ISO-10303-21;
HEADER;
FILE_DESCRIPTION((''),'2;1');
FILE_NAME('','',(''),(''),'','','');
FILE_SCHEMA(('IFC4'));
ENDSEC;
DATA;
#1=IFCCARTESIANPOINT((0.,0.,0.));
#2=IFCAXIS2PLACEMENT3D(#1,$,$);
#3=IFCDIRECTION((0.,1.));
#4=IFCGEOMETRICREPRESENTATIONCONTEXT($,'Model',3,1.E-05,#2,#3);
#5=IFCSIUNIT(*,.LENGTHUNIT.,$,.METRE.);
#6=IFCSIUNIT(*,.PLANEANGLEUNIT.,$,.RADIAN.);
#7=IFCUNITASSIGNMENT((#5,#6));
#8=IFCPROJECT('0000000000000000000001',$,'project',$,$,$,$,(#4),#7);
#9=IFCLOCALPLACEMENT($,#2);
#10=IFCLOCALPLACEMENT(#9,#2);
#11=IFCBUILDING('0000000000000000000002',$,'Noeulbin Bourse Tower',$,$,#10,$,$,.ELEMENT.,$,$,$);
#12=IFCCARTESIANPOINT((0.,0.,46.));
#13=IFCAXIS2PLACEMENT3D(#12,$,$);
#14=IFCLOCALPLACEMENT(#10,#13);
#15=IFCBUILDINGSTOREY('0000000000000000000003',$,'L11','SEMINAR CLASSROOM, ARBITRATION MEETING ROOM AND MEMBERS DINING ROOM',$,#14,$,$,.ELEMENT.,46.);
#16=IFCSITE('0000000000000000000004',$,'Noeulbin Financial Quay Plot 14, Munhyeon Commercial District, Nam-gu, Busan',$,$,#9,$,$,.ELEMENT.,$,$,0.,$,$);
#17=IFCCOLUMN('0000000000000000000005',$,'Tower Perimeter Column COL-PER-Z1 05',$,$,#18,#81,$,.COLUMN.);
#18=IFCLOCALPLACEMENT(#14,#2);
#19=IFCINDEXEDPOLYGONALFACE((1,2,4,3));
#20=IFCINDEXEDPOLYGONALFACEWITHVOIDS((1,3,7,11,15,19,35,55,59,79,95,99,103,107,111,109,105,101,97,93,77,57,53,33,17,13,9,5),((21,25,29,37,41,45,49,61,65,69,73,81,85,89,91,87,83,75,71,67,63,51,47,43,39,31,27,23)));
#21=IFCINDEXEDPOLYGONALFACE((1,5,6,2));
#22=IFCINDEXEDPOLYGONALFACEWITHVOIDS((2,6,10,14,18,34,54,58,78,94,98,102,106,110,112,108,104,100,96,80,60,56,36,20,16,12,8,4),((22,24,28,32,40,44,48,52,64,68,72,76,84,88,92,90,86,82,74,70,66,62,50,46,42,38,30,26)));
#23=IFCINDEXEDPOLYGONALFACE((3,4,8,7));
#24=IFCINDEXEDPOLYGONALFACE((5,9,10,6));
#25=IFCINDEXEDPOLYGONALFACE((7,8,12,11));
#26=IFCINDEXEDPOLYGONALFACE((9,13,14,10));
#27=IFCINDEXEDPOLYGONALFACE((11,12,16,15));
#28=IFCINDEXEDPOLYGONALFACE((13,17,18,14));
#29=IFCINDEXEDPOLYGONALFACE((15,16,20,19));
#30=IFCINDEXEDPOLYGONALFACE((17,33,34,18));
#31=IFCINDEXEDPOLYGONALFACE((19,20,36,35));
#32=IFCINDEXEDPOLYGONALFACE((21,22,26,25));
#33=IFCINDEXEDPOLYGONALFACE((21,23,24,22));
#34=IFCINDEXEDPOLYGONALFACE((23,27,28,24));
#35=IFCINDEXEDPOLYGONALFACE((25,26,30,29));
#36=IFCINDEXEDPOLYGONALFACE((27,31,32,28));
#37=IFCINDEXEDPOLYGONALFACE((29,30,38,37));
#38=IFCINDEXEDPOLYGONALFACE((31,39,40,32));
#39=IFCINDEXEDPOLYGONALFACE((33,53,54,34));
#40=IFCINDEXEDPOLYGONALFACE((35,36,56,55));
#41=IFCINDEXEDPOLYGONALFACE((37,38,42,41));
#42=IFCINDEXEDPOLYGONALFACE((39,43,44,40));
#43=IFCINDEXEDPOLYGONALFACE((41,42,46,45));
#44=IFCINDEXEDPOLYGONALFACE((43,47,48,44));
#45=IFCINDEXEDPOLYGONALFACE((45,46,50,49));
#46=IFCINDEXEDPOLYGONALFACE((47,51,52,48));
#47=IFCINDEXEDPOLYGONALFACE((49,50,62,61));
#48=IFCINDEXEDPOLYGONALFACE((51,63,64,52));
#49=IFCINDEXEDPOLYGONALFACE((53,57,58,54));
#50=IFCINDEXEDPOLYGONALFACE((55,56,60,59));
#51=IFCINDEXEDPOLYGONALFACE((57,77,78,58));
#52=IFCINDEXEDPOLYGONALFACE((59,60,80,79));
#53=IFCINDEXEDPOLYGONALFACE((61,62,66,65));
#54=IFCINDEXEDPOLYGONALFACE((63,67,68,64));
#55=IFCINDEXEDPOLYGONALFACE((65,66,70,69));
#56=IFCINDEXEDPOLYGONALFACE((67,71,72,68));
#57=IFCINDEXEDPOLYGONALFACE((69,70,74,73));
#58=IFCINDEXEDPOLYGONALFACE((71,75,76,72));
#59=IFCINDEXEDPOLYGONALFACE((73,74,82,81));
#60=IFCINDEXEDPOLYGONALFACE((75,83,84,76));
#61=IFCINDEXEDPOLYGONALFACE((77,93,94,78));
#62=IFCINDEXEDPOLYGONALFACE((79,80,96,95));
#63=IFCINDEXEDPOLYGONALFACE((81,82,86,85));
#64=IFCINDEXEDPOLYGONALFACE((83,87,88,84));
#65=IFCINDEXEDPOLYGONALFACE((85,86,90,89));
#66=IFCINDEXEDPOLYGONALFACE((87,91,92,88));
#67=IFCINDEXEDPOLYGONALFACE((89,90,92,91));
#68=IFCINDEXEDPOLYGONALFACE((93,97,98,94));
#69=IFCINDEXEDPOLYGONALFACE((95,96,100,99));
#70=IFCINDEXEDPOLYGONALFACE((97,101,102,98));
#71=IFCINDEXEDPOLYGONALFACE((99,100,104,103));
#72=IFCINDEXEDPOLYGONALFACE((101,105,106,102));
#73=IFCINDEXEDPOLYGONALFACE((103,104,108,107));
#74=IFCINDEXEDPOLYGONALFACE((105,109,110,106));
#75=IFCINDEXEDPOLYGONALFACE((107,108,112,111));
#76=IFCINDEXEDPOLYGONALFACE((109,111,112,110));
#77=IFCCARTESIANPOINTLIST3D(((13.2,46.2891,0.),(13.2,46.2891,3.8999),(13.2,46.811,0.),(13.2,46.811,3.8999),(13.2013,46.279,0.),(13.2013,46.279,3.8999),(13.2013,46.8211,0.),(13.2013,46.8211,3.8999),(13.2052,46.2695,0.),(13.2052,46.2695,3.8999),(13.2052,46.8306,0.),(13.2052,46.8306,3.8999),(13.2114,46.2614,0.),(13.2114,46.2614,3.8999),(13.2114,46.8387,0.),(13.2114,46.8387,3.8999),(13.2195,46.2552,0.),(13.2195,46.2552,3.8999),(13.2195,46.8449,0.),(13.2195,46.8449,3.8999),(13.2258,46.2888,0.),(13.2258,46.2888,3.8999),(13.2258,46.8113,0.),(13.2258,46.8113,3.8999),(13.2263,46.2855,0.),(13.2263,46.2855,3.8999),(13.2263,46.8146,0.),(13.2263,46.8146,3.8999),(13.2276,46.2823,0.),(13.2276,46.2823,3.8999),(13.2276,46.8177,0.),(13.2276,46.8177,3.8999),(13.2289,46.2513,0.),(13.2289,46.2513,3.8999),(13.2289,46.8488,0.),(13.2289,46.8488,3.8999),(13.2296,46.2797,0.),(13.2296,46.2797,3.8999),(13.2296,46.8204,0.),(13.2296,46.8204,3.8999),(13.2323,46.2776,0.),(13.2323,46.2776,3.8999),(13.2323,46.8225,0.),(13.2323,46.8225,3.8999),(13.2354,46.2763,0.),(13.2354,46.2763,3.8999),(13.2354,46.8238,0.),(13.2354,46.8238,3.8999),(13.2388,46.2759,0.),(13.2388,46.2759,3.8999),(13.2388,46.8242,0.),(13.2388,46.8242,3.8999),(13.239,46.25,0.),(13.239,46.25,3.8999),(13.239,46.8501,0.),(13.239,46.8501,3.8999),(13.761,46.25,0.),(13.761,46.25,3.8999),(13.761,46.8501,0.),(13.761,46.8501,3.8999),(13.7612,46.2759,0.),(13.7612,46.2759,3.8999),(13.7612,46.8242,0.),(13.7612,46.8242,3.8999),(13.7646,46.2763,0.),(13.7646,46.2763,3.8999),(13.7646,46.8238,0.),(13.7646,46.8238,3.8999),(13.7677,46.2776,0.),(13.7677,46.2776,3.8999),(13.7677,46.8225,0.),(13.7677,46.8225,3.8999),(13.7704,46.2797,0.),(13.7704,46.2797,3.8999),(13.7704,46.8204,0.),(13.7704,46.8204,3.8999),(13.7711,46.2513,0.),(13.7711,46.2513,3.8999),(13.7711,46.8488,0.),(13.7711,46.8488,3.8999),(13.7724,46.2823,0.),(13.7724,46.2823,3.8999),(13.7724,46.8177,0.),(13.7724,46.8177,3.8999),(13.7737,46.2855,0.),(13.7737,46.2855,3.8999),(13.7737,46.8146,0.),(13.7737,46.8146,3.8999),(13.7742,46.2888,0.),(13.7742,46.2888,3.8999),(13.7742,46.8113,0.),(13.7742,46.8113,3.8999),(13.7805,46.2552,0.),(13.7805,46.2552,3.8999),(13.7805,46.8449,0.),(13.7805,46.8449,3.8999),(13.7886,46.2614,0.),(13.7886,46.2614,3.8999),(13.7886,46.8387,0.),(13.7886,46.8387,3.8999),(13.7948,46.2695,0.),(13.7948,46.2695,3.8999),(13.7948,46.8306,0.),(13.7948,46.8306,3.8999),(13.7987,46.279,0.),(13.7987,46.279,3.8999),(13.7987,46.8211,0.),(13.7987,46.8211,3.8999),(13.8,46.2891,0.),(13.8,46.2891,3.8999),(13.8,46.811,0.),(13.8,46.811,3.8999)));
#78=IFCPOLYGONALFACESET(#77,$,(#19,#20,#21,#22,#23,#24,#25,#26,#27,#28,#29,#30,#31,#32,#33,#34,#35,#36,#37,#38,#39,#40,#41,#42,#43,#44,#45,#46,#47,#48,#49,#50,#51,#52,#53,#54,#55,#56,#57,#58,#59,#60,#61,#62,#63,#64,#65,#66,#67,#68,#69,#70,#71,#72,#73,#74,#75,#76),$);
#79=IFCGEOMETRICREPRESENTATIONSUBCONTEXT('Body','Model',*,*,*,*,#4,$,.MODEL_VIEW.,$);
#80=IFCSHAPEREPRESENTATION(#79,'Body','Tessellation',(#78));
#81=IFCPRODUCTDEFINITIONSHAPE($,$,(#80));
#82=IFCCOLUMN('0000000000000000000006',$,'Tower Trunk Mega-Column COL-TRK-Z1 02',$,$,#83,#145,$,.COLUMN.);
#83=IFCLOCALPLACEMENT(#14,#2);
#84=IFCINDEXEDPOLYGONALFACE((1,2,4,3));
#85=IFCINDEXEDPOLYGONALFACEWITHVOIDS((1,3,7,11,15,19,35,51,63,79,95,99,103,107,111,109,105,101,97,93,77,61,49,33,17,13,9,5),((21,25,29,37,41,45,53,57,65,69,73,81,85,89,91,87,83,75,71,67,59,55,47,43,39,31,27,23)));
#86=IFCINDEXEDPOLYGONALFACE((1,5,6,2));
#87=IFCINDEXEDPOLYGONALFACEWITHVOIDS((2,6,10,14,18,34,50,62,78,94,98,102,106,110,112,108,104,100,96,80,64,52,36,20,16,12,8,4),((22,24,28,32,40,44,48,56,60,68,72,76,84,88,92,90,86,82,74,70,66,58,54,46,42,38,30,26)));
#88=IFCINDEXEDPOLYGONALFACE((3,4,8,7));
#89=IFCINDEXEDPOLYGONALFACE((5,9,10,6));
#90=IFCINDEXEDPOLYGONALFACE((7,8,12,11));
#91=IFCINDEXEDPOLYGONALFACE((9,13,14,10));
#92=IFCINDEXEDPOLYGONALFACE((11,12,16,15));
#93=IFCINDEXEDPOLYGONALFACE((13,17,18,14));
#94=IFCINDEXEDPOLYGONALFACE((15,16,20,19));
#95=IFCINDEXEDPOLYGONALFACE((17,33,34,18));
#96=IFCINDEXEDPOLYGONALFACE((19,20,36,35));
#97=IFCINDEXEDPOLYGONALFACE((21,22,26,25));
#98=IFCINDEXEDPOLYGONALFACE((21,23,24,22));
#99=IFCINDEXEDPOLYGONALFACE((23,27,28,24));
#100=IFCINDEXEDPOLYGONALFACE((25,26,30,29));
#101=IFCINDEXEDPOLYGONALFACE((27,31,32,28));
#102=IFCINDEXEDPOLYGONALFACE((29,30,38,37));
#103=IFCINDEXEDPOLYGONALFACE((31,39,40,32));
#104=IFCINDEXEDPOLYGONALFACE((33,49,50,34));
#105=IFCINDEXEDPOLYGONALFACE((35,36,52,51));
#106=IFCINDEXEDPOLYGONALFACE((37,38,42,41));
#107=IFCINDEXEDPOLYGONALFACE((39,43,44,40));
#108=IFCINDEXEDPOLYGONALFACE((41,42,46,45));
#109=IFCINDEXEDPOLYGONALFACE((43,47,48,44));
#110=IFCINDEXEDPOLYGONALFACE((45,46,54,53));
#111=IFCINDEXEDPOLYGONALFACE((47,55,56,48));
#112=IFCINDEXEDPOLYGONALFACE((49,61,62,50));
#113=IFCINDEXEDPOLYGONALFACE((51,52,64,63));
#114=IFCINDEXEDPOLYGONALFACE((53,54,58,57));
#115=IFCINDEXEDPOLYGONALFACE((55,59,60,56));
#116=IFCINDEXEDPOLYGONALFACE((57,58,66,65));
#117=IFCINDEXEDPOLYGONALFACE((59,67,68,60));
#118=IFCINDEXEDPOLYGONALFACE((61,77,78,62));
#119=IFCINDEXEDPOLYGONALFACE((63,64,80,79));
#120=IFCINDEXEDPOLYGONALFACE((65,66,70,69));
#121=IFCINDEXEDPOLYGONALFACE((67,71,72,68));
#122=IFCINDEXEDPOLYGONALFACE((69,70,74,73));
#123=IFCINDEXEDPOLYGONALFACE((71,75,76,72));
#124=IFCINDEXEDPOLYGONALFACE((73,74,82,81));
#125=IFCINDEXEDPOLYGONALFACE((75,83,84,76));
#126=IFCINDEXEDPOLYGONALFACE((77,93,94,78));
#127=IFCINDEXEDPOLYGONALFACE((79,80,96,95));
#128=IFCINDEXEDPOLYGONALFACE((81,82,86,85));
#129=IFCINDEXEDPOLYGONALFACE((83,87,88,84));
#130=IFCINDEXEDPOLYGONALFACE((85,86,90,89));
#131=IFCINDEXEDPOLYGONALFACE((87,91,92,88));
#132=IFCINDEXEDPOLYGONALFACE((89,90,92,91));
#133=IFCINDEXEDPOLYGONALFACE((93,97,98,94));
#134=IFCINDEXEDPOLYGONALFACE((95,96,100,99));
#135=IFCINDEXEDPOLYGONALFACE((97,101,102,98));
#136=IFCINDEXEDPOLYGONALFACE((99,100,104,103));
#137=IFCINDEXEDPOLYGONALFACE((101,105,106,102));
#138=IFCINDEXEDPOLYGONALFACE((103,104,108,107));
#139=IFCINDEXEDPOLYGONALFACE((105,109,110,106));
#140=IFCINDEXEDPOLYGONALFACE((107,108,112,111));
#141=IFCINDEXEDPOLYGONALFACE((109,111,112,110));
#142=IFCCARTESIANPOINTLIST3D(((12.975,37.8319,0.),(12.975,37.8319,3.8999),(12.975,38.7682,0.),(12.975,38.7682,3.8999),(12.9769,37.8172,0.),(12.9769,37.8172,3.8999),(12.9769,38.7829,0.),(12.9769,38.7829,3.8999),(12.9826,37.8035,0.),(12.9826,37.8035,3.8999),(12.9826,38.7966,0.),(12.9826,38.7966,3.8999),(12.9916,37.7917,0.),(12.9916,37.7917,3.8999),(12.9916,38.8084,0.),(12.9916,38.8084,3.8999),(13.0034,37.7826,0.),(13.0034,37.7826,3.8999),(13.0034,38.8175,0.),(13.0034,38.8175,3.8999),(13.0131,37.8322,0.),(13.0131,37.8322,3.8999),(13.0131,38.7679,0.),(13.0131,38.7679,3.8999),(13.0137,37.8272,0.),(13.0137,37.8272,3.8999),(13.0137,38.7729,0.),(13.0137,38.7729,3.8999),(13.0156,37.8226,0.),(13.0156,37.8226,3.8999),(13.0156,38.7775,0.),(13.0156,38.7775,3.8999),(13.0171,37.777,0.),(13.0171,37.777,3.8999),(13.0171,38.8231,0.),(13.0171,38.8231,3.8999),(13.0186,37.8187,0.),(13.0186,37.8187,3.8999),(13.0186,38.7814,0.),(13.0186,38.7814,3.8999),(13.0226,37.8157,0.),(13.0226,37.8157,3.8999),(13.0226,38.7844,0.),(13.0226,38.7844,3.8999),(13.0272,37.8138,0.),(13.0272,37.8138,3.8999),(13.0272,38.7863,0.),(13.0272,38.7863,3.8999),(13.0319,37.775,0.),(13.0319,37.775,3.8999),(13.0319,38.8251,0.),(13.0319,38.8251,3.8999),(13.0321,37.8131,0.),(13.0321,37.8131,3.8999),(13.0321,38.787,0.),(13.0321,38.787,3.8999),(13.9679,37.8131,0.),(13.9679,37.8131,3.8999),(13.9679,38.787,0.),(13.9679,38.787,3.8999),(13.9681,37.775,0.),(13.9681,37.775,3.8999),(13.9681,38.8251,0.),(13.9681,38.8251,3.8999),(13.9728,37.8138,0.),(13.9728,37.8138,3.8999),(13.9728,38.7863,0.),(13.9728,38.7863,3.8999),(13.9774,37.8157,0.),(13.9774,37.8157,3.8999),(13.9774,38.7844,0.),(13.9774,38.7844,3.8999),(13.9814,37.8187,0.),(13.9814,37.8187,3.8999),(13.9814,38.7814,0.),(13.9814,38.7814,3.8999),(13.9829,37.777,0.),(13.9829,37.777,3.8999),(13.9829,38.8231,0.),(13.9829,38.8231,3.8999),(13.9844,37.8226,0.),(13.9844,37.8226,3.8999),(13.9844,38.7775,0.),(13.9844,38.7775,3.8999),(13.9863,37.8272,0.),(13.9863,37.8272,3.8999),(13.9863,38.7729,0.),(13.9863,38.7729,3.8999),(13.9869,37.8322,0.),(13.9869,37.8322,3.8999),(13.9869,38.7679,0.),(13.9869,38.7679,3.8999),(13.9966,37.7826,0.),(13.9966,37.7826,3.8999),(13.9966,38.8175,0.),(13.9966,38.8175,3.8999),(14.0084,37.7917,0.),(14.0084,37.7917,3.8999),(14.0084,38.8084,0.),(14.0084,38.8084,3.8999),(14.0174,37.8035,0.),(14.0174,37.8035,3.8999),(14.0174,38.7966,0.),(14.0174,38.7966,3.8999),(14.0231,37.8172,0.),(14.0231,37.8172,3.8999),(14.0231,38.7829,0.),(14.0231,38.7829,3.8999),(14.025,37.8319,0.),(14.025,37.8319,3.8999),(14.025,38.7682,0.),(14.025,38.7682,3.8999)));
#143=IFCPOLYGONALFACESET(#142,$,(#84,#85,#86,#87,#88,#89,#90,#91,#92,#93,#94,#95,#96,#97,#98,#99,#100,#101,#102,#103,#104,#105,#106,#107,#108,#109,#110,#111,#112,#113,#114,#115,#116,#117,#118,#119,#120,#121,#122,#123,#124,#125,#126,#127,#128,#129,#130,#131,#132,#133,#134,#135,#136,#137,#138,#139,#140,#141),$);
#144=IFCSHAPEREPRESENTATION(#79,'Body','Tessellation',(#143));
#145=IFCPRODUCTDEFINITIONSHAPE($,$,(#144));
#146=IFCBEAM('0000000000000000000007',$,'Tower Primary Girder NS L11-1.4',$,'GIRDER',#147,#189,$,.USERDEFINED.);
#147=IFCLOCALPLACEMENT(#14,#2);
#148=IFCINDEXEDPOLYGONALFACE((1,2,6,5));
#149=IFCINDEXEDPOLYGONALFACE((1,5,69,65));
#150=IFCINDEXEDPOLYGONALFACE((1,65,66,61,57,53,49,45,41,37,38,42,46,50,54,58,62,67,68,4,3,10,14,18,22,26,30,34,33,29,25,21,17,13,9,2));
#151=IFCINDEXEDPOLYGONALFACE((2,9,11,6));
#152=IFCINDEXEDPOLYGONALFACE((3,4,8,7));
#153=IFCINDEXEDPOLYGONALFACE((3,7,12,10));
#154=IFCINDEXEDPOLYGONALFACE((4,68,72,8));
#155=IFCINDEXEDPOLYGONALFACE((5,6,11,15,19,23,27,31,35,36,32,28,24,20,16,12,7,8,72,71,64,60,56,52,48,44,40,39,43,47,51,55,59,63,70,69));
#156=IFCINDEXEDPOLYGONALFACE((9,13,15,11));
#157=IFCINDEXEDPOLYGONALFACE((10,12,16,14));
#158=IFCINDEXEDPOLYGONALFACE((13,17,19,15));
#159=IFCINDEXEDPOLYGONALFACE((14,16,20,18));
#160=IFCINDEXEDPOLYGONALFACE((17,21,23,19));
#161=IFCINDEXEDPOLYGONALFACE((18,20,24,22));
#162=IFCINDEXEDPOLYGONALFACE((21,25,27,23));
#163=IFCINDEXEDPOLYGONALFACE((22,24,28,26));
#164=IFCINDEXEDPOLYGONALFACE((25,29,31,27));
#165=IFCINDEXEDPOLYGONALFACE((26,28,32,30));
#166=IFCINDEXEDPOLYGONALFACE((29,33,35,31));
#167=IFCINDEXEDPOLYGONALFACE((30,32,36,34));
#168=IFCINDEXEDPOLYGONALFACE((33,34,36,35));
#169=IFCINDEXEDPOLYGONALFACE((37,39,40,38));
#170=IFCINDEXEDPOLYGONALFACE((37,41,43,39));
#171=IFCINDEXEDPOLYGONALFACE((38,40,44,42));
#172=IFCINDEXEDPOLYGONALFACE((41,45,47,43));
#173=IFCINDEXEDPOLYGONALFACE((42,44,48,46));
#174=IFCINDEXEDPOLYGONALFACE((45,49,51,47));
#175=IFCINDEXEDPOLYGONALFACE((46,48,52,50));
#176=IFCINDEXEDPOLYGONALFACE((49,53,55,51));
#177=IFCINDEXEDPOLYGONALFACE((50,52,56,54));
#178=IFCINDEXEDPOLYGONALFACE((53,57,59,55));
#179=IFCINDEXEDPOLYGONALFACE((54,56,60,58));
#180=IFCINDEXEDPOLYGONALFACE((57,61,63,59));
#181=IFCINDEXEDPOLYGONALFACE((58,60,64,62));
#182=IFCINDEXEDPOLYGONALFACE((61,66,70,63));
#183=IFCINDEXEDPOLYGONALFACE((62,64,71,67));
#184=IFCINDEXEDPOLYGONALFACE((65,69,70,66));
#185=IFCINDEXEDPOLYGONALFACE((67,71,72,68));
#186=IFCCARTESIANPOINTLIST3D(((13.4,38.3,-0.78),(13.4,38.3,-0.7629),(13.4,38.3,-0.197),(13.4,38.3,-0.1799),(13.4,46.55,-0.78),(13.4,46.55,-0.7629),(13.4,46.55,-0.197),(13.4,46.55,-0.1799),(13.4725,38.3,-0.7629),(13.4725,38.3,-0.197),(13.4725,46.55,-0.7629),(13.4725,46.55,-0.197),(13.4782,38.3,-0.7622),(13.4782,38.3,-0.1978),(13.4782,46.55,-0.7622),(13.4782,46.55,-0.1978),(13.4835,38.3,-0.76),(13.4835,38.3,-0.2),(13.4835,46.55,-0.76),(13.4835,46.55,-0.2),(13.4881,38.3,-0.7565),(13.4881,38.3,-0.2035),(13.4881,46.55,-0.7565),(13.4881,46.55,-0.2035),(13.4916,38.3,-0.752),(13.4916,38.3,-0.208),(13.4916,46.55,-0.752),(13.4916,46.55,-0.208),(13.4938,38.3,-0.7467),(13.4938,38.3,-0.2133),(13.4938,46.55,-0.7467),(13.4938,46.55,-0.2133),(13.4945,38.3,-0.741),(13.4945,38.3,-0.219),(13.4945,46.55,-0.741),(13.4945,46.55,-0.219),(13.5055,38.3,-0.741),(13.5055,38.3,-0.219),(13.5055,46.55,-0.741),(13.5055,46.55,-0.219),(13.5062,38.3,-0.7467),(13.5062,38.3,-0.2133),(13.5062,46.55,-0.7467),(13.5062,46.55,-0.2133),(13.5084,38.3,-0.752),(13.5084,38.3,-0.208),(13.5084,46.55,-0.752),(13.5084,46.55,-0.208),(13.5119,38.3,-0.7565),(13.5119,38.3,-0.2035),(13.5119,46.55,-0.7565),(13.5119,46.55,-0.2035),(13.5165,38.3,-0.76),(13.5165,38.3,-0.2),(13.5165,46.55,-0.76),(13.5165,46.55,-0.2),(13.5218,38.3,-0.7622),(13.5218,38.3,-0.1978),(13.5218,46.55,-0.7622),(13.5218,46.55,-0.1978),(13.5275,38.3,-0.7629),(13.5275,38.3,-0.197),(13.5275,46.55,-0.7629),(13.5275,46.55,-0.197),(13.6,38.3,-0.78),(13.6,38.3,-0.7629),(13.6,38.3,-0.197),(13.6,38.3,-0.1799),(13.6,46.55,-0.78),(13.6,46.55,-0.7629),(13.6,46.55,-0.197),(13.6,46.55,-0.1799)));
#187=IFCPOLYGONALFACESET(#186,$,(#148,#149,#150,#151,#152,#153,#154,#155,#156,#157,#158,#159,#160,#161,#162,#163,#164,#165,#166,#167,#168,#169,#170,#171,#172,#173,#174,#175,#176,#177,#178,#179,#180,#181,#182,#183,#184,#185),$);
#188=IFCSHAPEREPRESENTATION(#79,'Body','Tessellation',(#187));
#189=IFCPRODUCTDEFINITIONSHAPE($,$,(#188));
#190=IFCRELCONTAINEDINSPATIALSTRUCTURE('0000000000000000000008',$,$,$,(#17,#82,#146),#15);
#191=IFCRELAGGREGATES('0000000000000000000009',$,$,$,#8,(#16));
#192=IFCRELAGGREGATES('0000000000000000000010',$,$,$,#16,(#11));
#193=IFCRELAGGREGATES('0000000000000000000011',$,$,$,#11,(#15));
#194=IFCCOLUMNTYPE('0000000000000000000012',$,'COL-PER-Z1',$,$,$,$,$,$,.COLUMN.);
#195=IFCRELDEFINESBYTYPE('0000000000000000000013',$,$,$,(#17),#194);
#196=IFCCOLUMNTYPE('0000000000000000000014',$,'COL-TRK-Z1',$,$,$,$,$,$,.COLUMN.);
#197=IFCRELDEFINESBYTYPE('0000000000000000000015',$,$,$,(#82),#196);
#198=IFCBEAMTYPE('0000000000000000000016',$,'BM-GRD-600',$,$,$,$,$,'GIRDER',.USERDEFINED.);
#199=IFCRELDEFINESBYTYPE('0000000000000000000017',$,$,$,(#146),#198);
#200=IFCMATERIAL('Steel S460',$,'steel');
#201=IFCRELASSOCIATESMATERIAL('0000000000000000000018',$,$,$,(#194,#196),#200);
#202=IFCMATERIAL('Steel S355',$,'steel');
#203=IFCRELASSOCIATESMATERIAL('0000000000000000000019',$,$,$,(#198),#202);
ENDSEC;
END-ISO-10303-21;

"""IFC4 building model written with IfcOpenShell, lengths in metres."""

from ifc_helpers import new_model, si_unit, direction, frame, origin, origin_2d, place, context, subcontext, project, spatial, hollow_rectangle, i_section, extrude, material, material_profile, profile_set, type_object, element, save


model = new_model("IFC4")

# Units and contexts
model_context = context("Model", 3, precision=1e-05, world=origin(), true_north=direction((0.0, 1.0)))
body_context = subcontext(model_context, "Body", "Model", "MODEL_VIEW")
ifc_project = project(units=[si_unit("LENGTHUNIT", "METRE"), si_unit("PLANEANGLEUNIT", "RADIAN")], contexts=[model_context])

# Site, building, storey
site_placement = place(None, origin())
site = spatial("IfcSite", under=ifc_project, at=site_placement, Name="Noeulbin Financial Quay Plot 14, Munhyeon Commercial District, Nam-gu, Busan", CompositionType="ELEMENT", RefElevation=0.0)
building_placement = place(site_placement, origin())
building = spatial("IfcBuilding", under=site, at=building_placement, Name="Noeulbin Bourse Tower", CompositionType="ELEMENT")
storey_placement = place(building_placement, frame((0.0, 0.0, 46.0)))
storey = spatial("IfcBuildingStorey", under=building, at=storey_placement, Name="L11", Description="SEMINAR CLASSROOM, ARBITRATION MEETING ROOM AND MEMBERS DINING ROOM", CompositionType="ELEMENT", Elevation=46.0)

# Columns
ifc_material_1 = material(Name="Steel S460", Category="steel")
ifc_material_profile_1 = material_profile(ifc_material_1, hollow_rectangle(XDim=0.6001, YDim=0.6001, WallThickness=0.0259, InnerFilletRadius=0.0129, OuterFilletRadius=0.0391, at=origin_2d()), Name="BOX-600x600x26", Category="LoadBearing")
ifc_profile_set_1 = profile_set([ifc_material_profile_1], Name="Steel S460")
column_type_1 = type_object("IfcColumnType", Name="COL-PER-Z1", PredefinedType="COLUMN", material=ifc_profile_set_1)
column_1_placement = place(storey_placement, frame((13.5, 46.55, 0.0), z_axis=(0.0, 0.0, 1.0), x_axis=(1.0, 0.0, 0.0)))
element("IfcColumn", 1, at=column_1_placement, inside=storey, type_object=column_type_1, Name="Tower Perimeter Column COL-PER-Z1 05", PredefinedType="COLUMN", context=body_context, shape_type="SweptSolid", body=[
    extrude(hollow_rectangle(XDim=0.6001, YDim=0.6001, WallThickness=0.0259, InnerFilletRadius=0.0129, OuterFilletRadius=0.0391, at=origin_2d()), origin(), (0.0, 0.0, 1.0), 3.8999),
])
ifc_material_profile_2 = material_profile(ifc_material_1, hollow_rectangle(XDim=1.05, YDim=1.05, WallThickness=0.0381, InnerFilletRadius=0.019, OuterFilletRadius=0.0569, at=origin_2d()), Name="BOX-1050x1050x38", Category="LoadBearing")
ifc_profile_set_2 = profile_set([ifc_material_profile_2], Name="Steel S460")
column_type_2 = type_object("IfcColumnType", Name="COL-TRK-Z1", PredefinedType="COLUMN", material=ifc_profile_set_2)
column_2_placement = place(storey_placement, frame((13.5, 38.3, 0.0), z_axis=(0.0, 0.0, 1.0), x_axis=(1.0, 0.0, 0.0)))
element("IfcColumn", 2, at=column_2_placement, inside=storey, type_object=column_type_2, Name="Tower Trunk Mega-Column COL-TRK-Z1 02", PredefinedType="COLUMN", context=body_context, shape_type="SweptSolid", body=[
    extrude(hollow_rectangle(XDim=1.05, YDim=1.05, WallThickness=0.0381, InnerFilletRadius=0.019, OuterFilletRadius=0.0569, at=origin_2d()), origin(), (0.0, 0.0, 1.0), 3.8999),
])

# Beam
ifc_material_2 = material(Name="Steel S355", Category="steel")
ifc_material_profile_3 = material_profile(ifc_material_2, i_section(OverallWidth=0.2, OverallDepth=0.6001, WebThickness=0.011, FlangeThickness=0.0171, FilletRadius=0.022, at=origin_2d()), Name="H-600x200x11x17", Category="LoadBearing")
ifc_profile_set_3 = profile_set([ifc_material_profile_3], Name="Steel S355")
beam_type_1 = type_object("IfcBeamType", Name="BM-GRD-600", ElementType="GIRDER", PredefinedType="USERDEFINED", material=ifc_profile_set_3)
beam_1_placement = place(storey_placement, frame((13.5, 38.3, -0.48), z_axis=(0.0, 1.0, 0.0), x_axis=(-1.0, 0.0, 0.0)))
element("IfcBeam", 3, at=beam_1_placement, inside=storey, type_object=beam_type_1, Name="Tower Primary Girder NS L11-1.4", ObjectType="GIRDER", PredefinedType="USERDEFINED", context=body_context, shape_type="SweptSolid", body=[
    extrude(i_section(OverallWidth=0.2, OverallDepth=0.6001, WebThickness=0.011, FlangeThickness=0.0171, FilletRadius=0.022, at=origin_2d()), origin(), (0.0, 0.0, 1.0), 8.25),
])

save(model, "model.ifc")
